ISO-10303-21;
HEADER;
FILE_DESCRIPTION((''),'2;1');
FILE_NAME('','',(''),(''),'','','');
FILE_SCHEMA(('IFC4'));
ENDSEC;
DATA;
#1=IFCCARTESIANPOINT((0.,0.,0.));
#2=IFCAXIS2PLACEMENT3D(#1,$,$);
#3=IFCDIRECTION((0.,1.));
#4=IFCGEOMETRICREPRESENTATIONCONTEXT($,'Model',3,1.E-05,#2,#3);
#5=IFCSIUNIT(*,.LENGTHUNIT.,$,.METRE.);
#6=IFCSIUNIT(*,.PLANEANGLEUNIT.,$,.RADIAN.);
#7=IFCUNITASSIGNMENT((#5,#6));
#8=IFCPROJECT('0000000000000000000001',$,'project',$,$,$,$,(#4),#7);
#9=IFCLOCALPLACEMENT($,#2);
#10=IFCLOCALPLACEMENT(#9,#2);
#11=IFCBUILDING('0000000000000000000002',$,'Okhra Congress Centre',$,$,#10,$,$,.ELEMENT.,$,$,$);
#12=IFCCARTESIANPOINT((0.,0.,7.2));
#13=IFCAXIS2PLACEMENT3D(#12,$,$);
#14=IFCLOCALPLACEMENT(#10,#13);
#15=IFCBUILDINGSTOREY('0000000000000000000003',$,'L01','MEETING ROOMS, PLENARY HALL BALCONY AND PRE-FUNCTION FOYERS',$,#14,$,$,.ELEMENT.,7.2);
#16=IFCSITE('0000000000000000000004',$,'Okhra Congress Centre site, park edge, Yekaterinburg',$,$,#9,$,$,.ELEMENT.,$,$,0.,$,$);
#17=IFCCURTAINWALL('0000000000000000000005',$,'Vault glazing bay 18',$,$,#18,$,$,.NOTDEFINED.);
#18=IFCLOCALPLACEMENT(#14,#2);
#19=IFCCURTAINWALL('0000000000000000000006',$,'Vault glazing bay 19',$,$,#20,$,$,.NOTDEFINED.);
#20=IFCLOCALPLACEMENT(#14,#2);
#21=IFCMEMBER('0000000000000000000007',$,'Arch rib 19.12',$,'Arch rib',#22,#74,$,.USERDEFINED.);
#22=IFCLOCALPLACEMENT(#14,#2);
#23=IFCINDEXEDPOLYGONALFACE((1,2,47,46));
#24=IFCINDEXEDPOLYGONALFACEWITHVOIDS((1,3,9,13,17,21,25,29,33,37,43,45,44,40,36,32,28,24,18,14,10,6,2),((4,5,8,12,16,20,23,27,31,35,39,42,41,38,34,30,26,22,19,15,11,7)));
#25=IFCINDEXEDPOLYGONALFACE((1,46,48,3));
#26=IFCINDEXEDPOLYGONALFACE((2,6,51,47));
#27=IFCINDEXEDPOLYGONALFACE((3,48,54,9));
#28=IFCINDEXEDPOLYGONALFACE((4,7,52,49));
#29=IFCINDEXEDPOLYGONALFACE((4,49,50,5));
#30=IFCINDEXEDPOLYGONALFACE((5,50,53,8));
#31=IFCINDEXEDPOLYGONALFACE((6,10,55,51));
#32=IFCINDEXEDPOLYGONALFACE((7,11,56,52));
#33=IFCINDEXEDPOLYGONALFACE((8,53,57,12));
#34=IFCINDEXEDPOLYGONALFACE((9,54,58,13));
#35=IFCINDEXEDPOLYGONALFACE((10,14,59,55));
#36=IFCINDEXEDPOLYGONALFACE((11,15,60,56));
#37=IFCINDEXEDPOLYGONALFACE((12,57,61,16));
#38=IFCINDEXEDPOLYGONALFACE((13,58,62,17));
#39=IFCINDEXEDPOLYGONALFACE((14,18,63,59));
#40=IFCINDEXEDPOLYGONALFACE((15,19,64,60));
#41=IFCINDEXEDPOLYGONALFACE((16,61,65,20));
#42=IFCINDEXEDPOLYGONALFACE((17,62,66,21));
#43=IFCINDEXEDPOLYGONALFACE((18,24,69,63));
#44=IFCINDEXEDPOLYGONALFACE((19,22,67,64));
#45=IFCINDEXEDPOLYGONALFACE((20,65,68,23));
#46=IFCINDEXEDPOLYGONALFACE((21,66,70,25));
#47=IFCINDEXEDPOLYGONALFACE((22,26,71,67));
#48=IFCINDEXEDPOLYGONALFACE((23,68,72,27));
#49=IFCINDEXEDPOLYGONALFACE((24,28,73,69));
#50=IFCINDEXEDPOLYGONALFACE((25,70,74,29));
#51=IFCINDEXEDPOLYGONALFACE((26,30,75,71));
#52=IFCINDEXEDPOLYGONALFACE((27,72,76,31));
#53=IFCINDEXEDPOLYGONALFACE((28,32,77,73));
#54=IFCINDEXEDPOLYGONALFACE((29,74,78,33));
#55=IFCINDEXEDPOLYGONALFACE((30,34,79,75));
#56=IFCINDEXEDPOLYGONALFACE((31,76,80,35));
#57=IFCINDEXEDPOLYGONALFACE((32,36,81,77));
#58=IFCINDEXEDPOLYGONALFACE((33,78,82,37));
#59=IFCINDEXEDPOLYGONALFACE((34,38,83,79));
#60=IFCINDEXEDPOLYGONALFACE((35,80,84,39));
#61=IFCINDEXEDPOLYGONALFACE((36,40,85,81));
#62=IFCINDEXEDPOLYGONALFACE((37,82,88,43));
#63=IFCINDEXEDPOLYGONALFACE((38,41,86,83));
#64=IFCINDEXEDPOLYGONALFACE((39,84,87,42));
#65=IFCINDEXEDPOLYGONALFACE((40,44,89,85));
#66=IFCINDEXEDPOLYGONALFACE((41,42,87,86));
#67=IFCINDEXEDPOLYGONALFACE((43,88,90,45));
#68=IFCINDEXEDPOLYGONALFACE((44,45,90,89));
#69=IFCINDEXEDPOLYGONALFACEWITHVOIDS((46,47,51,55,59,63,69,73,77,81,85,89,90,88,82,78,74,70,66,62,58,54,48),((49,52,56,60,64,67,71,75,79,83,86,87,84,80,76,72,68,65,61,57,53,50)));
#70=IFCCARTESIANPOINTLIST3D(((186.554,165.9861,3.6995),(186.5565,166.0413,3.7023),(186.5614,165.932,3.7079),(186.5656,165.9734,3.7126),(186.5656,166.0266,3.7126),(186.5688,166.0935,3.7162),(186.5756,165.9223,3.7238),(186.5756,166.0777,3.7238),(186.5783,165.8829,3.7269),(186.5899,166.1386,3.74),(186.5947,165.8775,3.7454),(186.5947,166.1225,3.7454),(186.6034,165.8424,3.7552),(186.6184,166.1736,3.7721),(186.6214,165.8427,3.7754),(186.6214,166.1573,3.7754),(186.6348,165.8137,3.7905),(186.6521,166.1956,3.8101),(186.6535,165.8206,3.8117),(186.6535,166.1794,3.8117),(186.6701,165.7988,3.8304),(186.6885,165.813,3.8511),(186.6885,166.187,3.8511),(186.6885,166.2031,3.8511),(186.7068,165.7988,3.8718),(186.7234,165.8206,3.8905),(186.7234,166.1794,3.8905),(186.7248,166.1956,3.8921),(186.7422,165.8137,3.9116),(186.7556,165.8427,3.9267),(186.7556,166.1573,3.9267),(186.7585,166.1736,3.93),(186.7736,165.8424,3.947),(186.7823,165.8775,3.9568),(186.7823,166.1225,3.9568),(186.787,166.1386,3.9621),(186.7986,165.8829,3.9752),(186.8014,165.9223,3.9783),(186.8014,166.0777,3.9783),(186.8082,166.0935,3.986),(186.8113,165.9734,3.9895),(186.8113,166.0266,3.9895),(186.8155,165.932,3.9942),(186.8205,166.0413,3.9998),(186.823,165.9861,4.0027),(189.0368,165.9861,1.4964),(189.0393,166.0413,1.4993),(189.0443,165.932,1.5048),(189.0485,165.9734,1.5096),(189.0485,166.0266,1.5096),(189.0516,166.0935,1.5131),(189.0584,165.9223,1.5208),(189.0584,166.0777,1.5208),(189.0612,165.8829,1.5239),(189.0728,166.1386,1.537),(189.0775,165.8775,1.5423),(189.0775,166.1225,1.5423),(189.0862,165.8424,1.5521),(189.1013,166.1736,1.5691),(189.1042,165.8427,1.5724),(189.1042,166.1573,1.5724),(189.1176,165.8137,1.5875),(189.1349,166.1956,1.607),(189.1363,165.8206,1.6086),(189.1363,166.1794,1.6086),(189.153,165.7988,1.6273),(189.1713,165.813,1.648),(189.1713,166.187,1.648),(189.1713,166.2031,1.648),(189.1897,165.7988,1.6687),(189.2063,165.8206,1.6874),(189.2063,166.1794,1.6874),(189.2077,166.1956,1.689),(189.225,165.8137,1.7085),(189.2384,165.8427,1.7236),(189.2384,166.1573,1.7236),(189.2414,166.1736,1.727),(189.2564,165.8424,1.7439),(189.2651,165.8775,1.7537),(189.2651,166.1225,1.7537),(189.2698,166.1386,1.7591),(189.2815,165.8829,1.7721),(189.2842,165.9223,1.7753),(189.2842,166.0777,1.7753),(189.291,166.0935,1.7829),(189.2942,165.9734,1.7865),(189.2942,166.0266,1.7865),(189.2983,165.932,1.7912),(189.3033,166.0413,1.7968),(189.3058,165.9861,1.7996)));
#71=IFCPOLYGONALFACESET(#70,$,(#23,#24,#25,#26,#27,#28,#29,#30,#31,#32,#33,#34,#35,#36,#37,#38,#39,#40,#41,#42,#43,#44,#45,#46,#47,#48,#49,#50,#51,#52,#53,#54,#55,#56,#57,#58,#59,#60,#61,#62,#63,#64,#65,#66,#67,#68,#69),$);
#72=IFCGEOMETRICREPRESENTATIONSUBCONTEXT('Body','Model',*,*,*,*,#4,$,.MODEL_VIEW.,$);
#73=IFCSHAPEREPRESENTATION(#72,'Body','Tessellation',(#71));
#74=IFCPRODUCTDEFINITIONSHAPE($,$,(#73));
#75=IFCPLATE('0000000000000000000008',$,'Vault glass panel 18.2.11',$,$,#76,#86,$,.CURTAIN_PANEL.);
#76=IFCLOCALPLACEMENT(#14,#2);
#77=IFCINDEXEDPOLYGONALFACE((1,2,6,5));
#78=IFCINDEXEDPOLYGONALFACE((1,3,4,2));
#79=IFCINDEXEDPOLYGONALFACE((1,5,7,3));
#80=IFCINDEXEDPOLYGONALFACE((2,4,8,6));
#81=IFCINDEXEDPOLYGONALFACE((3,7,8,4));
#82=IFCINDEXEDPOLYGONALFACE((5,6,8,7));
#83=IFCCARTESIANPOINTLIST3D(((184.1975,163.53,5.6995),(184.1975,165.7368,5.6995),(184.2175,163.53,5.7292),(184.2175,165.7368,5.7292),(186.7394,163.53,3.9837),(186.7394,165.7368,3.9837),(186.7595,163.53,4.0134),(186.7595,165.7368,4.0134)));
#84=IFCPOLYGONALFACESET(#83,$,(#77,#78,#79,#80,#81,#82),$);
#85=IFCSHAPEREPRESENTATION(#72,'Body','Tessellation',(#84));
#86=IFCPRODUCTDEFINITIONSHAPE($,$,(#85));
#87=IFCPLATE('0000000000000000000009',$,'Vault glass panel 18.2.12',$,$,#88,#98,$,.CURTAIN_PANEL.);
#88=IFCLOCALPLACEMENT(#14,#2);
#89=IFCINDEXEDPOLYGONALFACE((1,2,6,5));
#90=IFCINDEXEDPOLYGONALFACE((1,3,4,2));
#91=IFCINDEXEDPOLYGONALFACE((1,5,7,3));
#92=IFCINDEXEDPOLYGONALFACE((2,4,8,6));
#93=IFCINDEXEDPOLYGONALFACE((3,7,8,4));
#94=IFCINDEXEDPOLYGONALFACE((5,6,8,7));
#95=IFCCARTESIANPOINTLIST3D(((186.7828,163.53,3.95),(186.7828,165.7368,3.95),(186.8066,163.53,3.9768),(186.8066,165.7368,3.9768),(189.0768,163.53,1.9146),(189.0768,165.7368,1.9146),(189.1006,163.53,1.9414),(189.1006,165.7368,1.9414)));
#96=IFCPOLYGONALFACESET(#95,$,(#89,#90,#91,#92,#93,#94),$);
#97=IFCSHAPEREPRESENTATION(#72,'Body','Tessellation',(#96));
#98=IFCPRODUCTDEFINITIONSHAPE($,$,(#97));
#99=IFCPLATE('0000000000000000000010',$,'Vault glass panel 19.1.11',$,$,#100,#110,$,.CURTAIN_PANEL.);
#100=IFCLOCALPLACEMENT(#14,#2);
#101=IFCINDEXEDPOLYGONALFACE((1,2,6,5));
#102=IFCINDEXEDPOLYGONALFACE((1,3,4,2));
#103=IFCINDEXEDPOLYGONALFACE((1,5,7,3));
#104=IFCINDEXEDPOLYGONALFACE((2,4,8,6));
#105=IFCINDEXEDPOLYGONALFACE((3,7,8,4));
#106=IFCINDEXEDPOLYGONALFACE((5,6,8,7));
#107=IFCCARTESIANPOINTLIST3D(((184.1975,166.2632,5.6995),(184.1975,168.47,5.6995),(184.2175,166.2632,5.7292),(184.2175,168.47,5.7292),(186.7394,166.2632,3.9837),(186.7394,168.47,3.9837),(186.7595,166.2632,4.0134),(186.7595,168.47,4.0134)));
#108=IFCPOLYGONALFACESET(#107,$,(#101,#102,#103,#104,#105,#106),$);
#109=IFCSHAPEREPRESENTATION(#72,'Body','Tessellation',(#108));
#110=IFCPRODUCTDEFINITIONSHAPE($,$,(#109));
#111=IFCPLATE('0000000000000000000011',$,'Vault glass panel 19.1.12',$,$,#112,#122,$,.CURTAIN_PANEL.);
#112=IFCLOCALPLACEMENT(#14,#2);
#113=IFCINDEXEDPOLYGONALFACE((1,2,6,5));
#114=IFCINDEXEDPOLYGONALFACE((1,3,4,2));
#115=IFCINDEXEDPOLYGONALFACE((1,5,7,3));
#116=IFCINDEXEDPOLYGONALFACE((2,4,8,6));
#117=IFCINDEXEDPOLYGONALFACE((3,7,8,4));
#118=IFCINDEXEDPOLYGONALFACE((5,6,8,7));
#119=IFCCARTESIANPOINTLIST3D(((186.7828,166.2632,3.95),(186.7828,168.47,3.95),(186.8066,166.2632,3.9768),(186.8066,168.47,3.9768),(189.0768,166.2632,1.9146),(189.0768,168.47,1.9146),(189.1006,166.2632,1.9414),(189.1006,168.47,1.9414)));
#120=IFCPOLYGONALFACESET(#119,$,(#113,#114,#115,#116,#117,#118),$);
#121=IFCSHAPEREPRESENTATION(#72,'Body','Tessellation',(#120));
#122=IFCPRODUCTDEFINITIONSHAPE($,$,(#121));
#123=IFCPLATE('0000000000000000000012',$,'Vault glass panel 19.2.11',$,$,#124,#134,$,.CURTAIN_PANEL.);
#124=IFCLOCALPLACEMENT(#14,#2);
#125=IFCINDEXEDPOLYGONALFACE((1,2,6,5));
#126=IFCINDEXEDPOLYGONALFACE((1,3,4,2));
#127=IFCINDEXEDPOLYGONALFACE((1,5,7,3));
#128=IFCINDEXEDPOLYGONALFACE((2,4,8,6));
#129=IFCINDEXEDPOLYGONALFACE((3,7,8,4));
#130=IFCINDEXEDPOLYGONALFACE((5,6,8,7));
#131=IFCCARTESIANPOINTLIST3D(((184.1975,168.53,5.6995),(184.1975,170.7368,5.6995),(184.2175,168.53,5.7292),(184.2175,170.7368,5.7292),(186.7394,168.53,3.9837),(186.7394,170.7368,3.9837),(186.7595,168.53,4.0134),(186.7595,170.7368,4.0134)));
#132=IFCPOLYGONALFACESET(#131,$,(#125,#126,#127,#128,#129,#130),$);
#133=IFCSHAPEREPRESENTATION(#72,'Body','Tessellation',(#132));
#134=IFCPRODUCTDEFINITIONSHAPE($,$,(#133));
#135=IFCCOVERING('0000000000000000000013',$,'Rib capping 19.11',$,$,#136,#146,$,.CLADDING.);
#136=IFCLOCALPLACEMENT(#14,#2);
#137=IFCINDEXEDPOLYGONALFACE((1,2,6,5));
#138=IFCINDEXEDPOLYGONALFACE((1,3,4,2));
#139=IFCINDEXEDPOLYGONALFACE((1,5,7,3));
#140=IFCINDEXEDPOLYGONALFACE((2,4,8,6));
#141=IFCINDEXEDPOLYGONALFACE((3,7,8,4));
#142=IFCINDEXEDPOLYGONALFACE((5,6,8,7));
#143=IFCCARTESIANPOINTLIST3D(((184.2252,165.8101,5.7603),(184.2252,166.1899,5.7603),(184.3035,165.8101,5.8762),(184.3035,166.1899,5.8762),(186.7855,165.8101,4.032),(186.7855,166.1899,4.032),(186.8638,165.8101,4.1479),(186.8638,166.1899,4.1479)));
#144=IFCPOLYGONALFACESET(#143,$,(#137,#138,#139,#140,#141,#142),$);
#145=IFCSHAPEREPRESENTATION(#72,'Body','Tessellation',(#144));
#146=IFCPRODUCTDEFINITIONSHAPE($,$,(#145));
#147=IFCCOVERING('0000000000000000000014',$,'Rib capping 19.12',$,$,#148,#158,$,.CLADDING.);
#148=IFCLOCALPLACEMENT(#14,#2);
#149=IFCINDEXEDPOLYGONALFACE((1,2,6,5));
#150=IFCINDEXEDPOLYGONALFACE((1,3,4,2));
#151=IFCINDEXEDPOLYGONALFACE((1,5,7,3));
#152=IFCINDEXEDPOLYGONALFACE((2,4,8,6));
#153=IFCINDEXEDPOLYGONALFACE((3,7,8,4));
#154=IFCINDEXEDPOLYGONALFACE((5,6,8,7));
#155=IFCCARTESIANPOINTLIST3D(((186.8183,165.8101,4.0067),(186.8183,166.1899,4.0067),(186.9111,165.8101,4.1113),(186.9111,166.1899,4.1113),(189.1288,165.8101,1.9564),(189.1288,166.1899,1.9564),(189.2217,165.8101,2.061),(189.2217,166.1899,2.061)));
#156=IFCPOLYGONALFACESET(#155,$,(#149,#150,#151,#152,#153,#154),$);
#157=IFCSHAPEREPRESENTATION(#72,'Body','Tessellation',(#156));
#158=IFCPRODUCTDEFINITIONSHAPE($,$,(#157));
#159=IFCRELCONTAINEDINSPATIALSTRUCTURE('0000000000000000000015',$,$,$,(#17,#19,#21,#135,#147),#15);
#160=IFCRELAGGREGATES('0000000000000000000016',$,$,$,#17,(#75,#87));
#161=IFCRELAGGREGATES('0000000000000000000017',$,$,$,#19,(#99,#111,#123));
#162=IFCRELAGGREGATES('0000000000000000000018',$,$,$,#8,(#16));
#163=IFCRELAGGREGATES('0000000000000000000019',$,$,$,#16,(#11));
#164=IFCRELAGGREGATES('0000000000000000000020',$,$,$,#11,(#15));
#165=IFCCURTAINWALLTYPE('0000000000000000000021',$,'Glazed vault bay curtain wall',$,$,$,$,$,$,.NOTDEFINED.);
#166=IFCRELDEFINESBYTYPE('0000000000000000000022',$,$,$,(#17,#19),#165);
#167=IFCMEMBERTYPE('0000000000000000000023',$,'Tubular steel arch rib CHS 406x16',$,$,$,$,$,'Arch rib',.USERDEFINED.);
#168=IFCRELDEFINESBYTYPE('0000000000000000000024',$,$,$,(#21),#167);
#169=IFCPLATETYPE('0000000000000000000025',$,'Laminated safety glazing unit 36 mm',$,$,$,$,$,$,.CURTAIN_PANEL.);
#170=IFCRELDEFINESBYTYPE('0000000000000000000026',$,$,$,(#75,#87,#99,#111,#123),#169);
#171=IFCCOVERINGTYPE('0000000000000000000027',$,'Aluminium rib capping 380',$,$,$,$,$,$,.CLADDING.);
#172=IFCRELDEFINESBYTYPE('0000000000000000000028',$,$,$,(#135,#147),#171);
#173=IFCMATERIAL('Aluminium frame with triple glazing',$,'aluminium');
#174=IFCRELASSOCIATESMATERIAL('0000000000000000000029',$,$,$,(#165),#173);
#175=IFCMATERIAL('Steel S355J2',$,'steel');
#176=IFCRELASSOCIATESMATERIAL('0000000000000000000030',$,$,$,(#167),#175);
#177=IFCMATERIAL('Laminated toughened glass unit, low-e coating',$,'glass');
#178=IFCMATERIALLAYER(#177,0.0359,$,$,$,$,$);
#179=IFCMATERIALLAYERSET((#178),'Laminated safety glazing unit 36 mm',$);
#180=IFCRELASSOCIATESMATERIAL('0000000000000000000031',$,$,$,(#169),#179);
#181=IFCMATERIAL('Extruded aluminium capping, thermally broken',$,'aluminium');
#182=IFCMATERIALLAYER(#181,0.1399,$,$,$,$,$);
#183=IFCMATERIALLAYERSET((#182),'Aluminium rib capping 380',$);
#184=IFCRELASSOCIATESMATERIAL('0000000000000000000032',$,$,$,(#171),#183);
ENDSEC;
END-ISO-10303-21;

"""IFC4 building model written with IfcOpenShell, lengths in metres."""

from ifc_helpers import new_model, si_unit, direction, frame, origin, origin_2d, place, context, subcontext, project, spatial, polyline, hollow_circle, outline, extrude, material, layer, layer_set, material_profile, profile_set, type_object, element, aggregate, save


model = new_model("IFC4")

# Units and contexts
model_context = context("Model", 3, precision=1e-05, world=origin(), true_north=direction((0.0, 1.0)))
body_context = subcontext(model_context, "Body", "Model", "MODEL_VIEW")
ifc_project = project(units=[si_unit("LENGTHUNIT", "METRE"), si_unit("PLANEANGLEUNIT", "RADIAN")], contexts=[model_context])

# Site, building, storey
site_placement = place(None, origin())
site = spatial("IfcSite", under=ifc_project, at=site_placement, Name="Okhra Congress Centre site, park edge, Yekaterinburg", CompositionType="ELEMENT", RefElevation=0.0)
building_placement = place(site_placement, origin())
building = spatial("IfcBuilding", under=site, at=building_placement, Name="Okhra Congress Centre", CompositionType="ELEMENT")
storey_placement = place(building_placement, frame((0.0, 0.0, 7.2)))
storey = spatial("IfcBuildingStorey", under=building, at=storey_placement, Name="L01", Description="MEETING ROOMS, PLENARY HALL BALCONY AND PRE-FUNCTION FOYERS", CompositionType="ELEMENT", Elevation=7.2)

# Curtain walls
ifc_material_1 = material(Name="Aluminium frame with triple glazing", Category="aluminium")
curtain_wall_type = type_object("IfcCurtainWallType", Name="Glazed vault bay curtain wall", PredefinedType="NOTDEFINED", material=ifc_material_1)
curtain_wall_1_placement = place(storey_placement, origin())
curtain_wall_1 = element("IfcCurtainWall", 1, at=curtain_wall_1_placement, inside=storey, type_object=curtain_wall_type, Name="Vault glazing bay 18", PredefinedType="NOTDEFINED")
curtain_wall_2_placement = place(storey_placement, origin())
curtain_wall_2 = element("IfcCurtainWall", 2, at=curtain_wall_2_placement, inside=storey, type_object=curtain_wall_type, Name="Vault glazing bay 19", PredefinedType="NOTDEFINED")

# Member
ifc_material_2 = material(Name="Steel S355J2", Category="steel")
ifc_material_profile_1 = material_profile(ifc_material_2, hollow_circle(Radius=0.2031, WallThickness=0.0161, at=origin_2d()), Name="CHS 406.4x16")
ifc_profile_set_1 = profile_set([ifc_material_profile_1], Name="Steel S355J2")
member_type_1 = type_object("IfcMemberType", Name="Tubular steel arch rib CHS 406x16", ElementType="Arch rib", PredefinedType="USERDEFINED", material=ifc_profile_set_1)
member_1_placement = place(storey_placement, frame((186.6885, 166.0, 3.8511), z_axis=(0.747993, 0.0, -0.663706), x_axis=(0.0, 1.0, 0.0)))
element("IfcMember", 3, at=member_1_placement, inside=storey, type_object=member_type_1, Name="Arch rib 19.12", ObjectType="Arch rib", PredefinedType="USERDEFINED", context=body_context, shape_type="SweptSolid", body=[
    extrude(hollow_circle(Radius=0.2031, WallThickness=0.0161, at=origin_2d()), origin(), (0.0, 0.0, 1.0), 3.3193),
])

# Plates
ifc_material_3 = material(Name="Laminated toughened glass unit, low-e coating", Category="glass")
ifc_layer_1 = layer(ifc_material_3, 0.0359)
ifc_layer_set_1 = layer_set([ifc_layer_1], Name="Laminated safety glazing unit 36 mm")
plate_type = type_object("IfcPlateType", Name="Laminated safety glazing unit 36 mm", PredefinedType="CURTAIN_PANEL", material=ifc_layer_set_1)
plate_1_placement = place(storey_placement, frame((184.2175, 163.53, 5.7292), z_axis=(0.559467, 0.0, 0.828852), x_axis=(0.828852, 0.0, -0.559467)))
plate_1 = element("IfcPlate", 4, at=plate_1_placement, type_object=plate_type, Name="Vault glass panel 18.2.11", PredefinedType="CURTAIN_PANEL", context=body_context, shape_type="SweptSolid", body=[
    extrude(outline(polyline([(0.0, 0.0), (3.0669, 0.0), (3.0669, 2.2068), (0.0, 2.2068), (0.0, 0.0)])), origin(), (0.0, 0.0, -1.0), 0.0359),
])
plate_2_placement = place(storey_placement, frame((186.8066, 163.53, 3.9768), z_axis=(0.663697, 0.0, 0.748002), x_axis=(0.748002, 0.0, -0.663697)))
plate_2 = element("IfcPlate", 5, at=plate_2_placement, type_object=plate_type, Name="Vault glass panel 18.2.12", PredefinedType="CURTAIN_PANEL", context=body_context, shape_type="SweptSolid", body=[
    extrude(outline(polyline([(0.0, 0.0), (3.0668, 0.0), (3.0668, 2.2068), (0.0, 2.2068), (0.0, 0.0)])), origin(), (0.0, 0.0, -1.0), 0.0359),
])
aggregate(curtain_wall_1, [plate_1, plate_2])
plate_3_placement = place(storey_placement, frame((184.2175, 166.2632, 5.7292), z_axis=(0.559467, 0.0, 0.828852), x_axis=(0.828852, 0.0, -0.559467)))
plate_3 = element("IfcPlate", 6, at=plate_3_placement, type_object=plate_type, Name="Vault glass panel 19.1.11", PredefinedType="CURTAIN_PANEL", context=body_context, shape_type="SweptSolid", body=[
    extrude(outline(polyline([(0.0, 0.0), (3.0669, 0.0), (3.0669, 2.2068), (0.0, 2.2068), (0.0, 0.0)])), origin(), (0.0, 0.0, -1.0), 0.0359),
])
plate_4_placement = place(storey_placement, frame((186.8066, 166.2632, 3.9768), z_axis=(0.663697, 0.0, 0.748002), x_axis=(0.748002, 0.0, -0.663697)))
plate_4 = element("IfcPlate", 7, at=plate_4_placement, type_object=plate_type, Name="Vault glass panel 19.1.12", PredefinedType="CURTAIN_PANEL", context=body_context, shape_type="SweptSolid", body=[
    extrude(outline(polyline([(0.0, 0.0), (3.0668, 0.0), (3.0668, 2.2068), (0.0, 2.2068), (0.0, 0.0)])), origin(), (0.0, 0.0, -1.0), 0.0359),
])
plate_5_placement = place(storey_placement, frame((184.2175, 168.53, 5.7292), z_axis=(0.559467, 0.0, 0.828852), x_axis=(0.828852, 0.0, -0.559467)))
plate_5 = element("IfcPlate", 8, at=plate_5_placement, type_object=plate_type, Name="Vault glass panel 19.2.11", PredefinedType="CURTAIN_PANEL", context=body_context, shape_type="SweptSolid", body=[
    extrude(outline(polyline([(0.0, 0.0), (3.0669, 0.0), (3.0669, 2.2068), (0.0, 2.2068), (0.0, 0.0)])), origin(), (0.0, 0.0, -1.0), 0.0359),
])
aggregate(curtain_wall_2, [plate_3, plate_4, plate_5])

# Coverings
ifc_material_4 = material(Name="Extruded aluminium capping, thermally broken", Category="aluminium")
ifc_layer_2 = layer(ifc_material_4, 0.1399)
ifc_layer_set_2 = layer_set([ifc_layer_2], Name="Aluminium rib capping 380")
covering_type = type_object("IfcCoveringType", Name="Aluminium rib capping 380", PredefinedType="CLADDING", material=ifc_layer_set_2)
covering_1_placement = place(storey_placement, frame((184.3035, 165.8101, 5.8762), z_axis=(0.559488, 0.0, 0.828839), x_axis=(0.828839, 0.0, -0.559488)))
element("IfcCovering", 9, at=covering_1_placement, inside=storey, type_object=covering_type, Name="Rib capping 19.11", PredefinedType="CLADDING", context=body_context, shape_type="SweptSolid", body=[
    extrude(outline(polyline([(0.0, 0.0), (3.089, 0.0), (3.089, 0.3799), (0.0, 0.3799), (0.0, 0.0)])), origin(), (0.0, 0.0, -1.0), 0.1399),
])
covering_2_placement = place(storey_placement, frame((186.9111, 165.8101, 4.1113), z_axis=(0.663726, 0.0, 0.747976), x_axis=(0.747976, 0.0, -0.663726)))
element("IfcCovering", 10, at=covering_2_placement, inside=storey, type_object=covering_type, Name="Rib capping 19.12", PredefinedType="CLADDING", context=body_context, shape_type="SweptSolid", body=[
    extrude(outline(polyline([(0.0, 0.0), (3.0891, 0.0), (3.0891, 0.3799), (0.0, 0.3799), (0.0, 0.0)])), origin(), (0.0, 0.0, -1.0), 0.1399),
])

save(model, "model.ifc")
